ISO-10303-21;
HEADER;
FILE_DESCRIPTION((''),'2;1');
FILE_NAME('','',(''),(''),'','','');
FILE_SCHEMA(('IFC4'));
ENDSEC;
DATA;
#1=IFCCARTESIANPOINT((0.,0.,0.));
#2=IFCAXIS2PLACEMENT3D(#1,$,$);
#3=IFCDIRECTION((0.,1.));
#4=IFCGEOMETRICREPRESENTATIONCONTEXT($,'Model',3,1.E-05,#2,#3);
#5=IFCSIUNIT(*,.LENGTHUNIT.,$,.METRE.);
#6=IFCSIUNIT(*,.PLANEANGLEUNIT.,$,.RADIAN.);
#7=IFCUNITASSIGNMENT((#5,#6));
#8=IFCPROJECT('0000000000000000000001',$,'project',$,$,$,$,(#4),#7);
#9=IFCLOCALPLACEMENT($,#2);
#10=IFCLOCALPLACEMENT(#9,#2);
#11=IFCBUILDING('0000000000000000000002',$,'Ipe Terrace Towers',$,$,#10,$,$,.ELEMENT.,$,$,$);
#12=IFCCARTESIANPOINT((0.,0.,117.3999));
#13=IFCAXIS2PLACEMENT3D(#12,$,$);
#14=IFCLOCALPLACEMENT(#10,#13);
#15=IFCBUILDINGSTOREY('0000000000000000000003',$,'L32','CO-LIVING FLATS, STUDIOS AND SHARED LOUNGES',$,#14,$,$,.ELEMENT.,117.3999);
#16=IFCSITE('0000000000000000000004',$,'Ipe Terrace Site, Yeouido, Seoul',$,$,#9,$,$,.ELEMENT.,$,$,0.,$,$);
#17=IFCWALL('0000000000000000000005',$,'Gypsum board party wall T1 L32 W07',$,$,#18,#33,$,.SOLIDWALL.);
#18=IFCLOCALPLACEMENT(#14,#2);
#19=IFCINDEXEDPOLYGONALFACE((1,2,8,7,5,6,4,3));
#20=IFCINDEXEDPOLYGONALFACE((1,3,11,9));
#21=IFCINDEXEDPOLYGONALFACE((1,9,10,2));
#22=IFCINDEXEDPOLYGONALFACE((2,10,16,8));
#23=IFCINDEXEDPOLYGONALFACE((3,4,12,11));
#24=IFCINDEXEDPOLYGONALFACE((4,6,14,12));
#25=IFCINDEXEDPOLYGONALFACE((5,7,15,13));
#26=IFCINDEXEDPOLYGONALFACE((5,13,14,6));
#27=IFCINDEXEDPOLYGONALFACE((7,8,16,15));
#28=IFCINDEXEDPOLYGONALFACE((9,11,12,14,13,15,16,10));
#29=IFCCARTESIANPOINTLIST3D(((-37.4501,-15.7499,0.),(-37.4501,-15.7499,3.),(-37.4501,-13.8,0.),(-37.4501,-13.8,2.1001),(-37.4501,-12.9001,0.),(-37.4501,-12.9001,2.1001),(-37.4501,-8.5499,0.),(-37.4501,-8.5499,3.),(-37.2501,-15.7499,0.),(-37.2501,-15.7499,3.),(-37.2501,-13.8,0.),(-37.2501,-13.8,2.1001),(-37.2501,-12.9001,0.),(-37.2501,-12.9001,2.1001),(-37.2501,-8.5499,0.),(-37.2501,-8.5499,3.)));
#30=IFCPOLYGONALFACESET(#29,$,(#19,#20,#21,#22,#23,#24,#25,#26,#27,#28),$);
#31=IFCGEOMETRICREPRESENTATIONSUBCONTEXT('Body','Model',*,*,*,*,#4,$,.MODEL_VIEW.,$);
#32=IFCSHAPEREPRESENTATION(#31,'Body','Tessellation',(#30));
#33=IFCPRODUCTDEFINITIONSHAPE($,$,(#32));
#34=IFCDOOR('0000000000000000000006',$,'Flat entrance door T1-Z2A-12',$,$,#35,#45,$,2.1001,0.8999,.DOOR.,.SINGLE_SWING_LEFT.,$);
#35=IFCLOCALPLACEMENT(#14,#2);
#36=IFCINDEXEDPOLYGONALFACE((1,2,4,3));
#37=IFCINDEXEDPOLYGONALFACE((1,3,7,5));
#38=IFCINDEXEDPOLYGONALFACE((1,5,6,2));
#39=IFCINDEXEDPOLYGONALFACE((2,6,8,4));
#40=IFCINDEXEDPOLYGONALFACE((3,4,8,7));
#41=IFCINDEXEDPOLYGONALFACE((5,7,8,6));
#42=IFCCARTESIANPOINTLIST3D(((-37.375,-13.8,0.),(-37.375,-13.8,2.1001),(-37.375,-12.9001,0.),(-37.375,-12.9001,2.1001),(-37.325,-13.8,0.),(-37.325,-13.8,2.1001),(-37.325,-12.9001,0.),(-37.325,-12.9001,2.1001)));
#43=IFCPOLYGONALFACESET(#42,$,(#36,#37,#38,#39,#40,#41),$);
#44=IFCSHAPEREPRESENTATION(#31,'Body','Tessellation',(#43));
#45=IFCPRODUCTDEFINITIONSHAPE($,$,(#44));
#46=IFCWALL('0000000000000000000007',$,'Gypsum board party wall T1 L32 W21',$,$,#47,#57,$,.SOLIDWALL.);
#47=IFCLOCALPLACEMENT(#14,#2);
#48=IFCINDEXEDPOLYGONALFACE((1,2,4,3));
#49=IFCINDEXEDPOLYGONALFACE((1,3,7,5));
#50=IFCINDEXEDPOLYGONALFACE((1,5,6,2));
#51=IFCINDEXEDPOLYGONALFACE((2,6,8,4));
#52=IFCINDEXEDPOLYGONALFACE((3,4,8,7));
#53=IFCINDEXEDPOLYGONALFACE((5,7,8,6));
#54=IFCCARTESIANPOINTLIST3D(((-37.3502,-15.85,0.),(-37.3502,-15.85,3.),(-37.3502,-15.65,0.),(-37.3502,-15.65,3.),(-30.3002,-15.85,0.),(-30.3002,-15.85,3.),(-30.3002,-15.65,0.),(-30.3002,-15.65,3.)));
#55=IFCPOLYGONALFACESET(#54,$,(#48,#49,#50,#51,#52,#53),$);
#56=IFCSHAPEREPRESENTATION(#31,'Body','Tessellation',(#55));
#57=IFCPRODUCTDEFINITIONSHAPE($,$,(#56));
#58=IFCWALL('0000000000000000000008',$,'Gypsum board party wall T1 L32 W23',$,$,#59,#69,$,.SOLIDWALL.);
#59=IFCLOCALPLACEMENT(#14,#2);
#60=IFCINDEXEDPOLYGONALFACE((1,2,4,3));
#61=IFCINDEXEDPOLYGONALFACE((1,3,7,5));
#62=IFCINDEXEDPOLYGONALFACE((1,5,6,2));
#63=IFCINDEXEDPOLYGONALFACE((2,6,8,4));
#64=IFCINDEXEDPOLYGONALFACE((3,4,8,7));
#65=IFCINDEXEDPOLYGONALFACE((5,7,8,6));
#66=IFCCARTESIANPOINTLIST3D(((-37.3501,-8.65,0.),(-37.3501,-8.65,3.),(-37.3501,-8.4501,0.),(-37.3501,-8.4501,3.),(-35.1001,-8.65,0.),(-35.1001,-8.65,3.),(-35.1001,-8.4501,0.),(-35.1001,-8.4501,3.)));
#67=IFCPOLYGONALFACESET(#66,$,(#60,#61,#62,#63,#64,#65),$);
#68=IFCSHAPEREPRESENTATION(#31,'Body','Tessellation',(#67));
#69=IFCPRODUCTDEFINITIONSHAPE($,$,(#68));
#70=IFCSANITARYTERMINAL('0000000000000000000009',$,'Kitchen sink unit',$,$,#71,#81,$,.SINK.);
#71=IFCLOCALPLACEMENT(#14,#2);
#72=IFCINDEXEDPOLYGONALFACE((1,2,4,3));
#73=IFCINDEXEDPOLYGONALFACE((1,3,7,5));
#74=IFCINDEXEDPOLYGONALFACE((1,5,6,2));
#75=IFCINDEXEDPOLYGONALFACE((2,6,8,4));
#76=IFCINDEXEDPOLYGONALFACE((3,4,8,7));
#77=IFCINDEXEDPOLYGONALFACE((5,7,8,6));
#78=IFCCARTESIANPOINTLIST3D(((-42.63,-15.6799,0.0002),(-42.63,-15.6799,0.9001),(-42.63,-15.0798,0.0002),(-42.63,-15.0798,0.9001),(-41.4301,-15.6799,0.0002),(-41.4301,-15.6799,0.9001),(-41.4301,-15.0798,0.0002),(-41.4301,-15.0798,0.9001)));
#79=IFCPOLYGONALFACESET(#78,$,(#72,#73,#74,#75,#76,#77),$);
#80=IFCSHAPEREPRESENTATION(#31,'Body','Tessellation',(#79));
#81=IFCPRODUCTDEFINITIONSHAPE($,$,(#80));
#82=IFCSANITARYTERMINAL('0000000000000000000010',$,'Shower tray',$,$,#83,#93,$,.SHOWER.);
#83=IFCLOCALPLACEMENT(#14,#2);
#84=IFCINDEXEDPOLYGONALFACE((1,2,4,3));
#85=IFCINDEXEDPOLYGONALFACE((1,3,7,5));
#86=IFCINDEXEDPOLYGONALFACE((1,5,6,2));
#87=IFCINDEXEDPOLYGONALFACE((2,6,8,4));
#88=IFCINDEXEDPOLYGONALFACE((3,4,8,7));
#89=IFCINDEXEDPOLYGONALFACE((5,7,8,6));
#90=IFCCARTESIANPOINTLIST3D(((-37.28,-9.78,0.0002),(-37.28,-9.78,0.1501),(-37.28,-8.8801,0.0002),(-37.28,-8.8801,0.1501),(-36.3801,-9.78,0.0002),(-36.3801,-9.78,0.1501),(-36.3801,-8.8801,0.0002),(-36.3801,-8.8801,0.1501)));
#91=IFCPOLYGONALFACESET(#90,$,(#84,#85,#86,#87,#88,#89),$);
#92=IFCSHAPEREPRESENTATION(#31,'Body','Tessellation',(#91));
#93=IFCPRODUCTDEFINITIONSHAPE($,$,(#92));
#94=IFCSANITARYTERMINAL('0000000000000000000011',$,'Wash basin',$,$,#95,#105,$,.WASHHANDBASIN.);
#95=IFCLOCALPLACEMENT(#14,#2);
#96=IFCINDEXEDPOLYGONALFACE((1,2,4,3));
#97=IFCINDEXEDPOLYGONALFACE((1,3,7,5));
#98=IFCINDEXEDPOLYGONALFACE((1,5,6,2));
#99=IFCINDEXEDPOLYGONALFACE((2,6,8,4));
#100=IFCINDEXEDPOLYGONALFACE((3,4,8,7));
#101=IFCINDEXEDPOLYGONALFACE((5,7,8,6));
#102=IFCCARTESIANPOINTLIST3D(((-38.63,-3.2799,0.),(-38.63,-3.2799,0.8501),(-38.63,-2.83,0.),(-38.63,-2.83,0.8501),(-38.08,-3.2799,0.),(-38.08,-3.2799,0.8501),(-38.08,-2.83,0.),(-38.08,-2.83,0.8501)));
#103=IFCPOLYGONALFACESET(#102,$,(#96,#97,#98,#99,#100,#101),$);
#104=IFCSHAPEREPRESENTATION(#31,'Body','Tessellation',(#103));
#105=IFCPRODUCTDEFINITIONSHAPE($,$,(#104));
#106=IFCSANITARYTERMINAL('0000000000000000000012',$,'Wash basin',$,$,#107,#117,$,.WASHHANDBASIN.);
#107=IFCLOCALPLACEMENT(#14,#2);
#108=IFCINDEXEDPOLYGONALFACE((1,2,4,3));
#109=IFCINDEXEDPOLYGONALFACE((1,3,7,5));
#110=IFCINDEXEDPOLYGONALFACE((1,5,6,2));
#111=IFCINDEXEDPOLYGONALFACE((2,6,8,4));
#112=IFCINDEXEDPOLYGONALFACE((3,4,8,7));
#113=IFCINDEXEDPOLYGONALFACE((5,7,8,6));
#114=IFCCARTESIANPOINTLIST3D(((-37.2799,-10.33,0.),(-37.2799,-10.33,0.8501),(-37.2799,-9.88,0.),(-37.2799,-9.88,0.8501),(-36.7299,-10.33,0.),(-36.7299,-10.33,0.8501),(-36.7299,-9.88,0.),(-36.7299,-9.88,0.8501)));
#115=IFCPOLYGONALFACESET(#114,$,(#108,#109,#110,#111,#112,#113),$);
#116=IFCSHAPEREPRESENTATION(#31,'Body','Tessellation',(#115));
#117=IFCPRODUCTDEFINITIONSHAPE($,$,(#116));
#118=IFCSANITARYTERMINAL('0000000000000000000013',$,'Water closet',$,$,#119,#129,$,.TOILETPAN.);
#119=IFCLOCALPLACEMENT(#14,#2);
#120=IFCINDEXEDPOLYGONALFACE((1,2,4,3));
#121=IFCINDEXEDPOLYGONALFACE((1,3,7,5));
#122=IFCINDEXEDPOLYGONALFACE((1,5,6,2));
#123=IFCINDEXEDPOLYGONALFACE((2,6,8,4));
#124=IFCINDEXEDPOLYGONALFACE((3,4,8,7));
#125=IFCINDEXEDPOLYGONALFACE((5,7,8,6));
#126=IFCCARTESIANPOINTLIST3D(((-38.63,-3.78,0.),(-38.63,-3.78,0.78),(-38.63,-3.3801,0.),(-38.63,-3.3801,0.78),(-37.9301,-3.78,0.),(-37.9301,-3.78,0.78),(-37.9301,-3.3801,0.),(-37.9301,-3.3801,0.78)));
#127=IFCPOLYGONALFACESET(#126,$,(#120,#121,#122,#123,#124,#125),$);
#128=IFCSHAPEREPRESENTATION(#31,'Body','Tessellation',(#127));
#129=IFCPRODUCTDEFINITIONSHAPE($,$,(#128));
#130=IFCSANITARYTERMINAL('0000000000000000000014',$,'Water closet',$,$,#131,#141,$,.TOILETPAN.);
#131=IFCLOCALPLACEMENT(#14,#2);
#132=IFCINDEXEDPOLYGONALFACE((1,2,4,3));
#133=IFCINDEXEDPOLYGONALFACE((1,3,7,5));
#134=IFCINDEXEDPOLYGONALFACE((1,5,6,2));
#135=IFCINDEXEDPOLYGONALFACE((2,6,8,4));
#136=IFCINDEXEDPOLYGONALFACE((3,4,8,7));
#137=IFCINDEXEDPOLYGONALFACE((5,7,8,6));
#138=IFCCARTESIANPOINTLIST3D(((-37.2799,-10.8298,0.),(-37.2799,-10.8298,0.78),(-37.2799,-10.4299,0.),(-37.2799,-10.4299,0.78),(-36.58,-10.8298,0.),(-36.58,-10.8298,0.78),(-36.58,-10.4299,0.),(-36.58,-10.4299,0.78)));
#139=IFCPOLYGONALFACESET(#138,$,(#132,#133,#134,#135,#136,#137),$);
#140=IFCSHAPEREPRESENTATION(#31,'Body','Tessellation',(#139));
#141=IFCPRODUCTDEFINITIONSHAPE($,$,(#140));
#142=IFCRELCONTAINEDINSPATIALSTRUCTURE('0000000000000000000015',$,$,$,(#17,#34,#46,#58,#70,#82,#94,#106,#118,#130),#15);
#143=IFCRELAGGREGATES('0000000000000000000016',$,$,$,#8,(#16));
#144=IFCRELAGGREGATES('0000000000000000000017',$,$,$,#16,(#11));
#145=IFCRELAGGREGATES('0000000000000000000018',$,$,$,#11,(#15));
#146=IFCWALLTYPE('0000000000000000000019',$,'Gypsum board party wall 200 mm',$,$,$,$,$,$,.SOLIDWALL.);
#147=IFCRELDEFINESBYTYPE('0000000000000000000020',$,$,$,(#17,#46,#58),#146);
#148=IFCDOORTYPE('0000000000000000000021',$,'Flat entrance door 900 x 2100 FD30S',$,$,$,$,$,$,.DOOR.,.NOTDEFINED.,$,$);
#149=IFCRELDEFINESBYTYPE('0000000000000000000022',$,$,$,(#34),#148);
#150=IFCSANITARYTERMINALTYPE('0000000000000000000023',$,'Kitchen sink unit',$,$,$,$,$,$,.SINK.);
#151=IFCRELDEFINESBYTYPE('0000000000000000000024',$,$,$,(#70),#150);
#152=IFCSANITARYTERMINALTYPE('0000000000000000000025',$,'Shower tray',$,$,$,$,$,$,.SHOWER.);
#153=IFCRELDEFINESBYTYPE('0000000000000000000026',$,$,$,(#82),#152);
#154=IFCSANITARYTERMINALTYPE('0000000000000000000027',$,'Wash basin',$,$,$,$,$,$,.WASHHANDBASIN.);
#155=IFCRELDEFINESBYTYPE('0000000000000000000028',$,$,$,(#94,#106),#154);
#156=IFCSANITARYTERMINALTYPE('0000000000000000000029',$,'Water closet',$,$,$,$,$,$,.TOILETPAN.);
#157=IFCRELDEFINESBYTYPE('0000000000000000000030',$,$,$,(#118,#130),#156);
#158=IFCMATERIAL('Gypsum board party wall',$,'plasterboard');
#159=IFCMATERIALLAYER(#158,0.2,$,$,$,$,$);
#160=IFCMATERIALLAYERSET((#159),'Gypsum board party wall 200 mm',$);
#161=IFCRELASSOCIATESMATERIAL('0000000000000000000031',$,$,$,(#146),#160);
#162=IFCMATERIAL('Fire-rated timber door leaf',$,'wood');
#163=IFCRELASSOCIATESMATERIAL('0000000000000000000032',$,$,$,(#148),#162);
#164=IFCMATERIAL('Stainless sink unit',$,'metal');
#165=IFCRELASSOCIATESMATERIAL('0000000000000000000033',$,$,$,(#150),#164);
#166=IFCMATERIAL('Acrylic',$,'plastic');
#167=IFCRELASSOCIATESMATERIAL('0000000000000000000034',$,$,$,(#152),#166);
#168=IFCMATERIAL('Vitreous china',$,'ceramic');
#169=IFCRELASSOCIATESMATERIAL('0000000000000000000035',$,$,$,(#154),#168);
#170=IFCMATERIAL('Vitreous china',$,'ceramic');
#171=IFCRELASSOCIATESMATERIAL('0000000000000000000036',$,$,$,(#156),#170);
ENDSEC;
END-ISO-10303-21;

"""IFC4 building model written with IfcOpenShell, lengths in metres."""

from ifc_helpers import new_model, si_unit, direction, frame, frame_2d, origin, origin_2d, place, context, subcontext, project, spatial, rectangle, extrude, material, layer, layer_set, type_object, element, fill, save


model = new_model("IFC4")

# Units and contexts
model_context = context("Model", 3, precision=1e-05, world=origin(), true_north=direction((0.0, 1.0)))
body_context = subcontext(model_context, "Body", "Model", "MODEL_VIEW")
ifc_project = project(units=[si_unit("LENGTHUNIT", "METRE"), si_unit("PLANEANGLEUNIT", "RADIAN")], contexts=[model_context])

# Site, building, storey
site_placement = place(None, origin())
site = spatial("IfcSite", under=ifc_project, at=site_placement, Name="Ipe Terrace Site, Yeouido, Seoul", CompositionType="ELEMENT", RefElevation=0.0)
building_placement = place(site_placement, origin())
building = spatial("IfcBuilding", under=site, at=building_placement, Name="Ipe Terrace Towers", CompositionType="ELEMENT")
storey_placement = place(building_placement, frame((0.0, 0.0, 117.3999)))
storey = spatial("IfcBuildingStorey", under=building, at=storey_placement, Name="L32", Description="CO-LIVING FLATS, STUDIOS AND SHARED LOUNGES", CompositionType="ELEMENT", Elevation=117.3999)

# Wall, opening, door
ifc_material_1 = material(Name="Gypsum board party wall", Category="plasterboard")
ifc_layer_1 = layer(ifc_material_1, 0.2)
ifc_layer_set_1 = layer_set([ifc_layer_1], Name="Gypsum board party wall 200 mm")
wall_type_1 = type_object("IfcWallType", Name="Gypsum board party wall 200 mm", PredefinedType="SOLIDWALL", material=ifc_layer_set_1)
wall_1_placement = place(storey_placement, frame((-37.3501, -15.75, 0.0), z_axis=(0.0, 0.0, 1.0), x_axis=(0.0, 1.0, 0.0)))
wall_1 = element("IfcWall", 1, at=wall_1_placement, inside=storey, type_object=wall_type_1, Name="Gypsum board party wall T1 L32 W07", PredefinedType="SOLIDWALL", context=body_context, shape_type="SweptSolid", body=[
    extrude(rectangle(XDim=7.2, YDim=0.2, at=frame_2d((3.6001, 0.0))), origin(), (0.0, 0.0, 1.0), 3.0),
])
opening_1_placement = place(wall_1_placement, frame((1.95, 0.0, 0.0)))
opening_1 = element("IfcOpeningElement", 2, at=opening_1_placement, cuts=wall_1, PredefinedType="OPENING", context=body_context, shape_type="SweptSolid", body=[
    extrude(rectangle(XDim=0.8999, YDim=2.1001, at=frame_2d((0.45, 1.05))), frame((0.0, 0.1099, 0.0), z_axis=(0.0, -1.0, 0.0), x_axis=(1.0, 0.0, 0.0)), (0.0, 0.0, 1.0), 0.22),
])
ifc_material_2 = material(Name="Fire-rated timber door leaf", Category="wood")
door_type_1 = type_object("IfcDoorType", Name="Flat entrance door 900 x 2100 FD30S", OperationType="NOTDEFINED", PredefinedType="DOOR", material=ifc_material_2)
door_1_placement = place(opening_1_placement, origin())
door_1 = element("IfcDoor", 3, at=door_1_placement, inside=storey, type_object=door_type_1, Name="Flat entrance door T1-Z2A-12", OperationType="SINGLE_SWING_LEFT", OverallHeight=2.1001, OverallWidth=0.8999, PredefinedType="DOOR", context=body_context, shape_type="SweptSolid", body=[
    extrude(rectangle(XDim=0.8999, YDim=2.1001, at=frame_2d((0.45, 1.05))), frame((0.0, 0.0249, 0.0), z_axis=(0.0, -1.0, 0.0), x_axis=(1.0, 0.0, 0.0)), (0.0, 0.0, 1.0), 0.05),
])
fill(opening_1, door_1)

# Walls
wall_2_placement = place(storey_placement, frame((-37.3501, -15.75, 0.0), z_axis=(0.0, 0.0, 1.0), x_axis=(1.0, 0.0, 0.0)))
element("IfcWall", 4, at=wall_2_placement, inside=storey, type_object=wall_type_1, Name="Gypsum board party wall T1 L32 W21", PredefinedType="SOLIDWALL", context=body_context, shape_type="SweptSolid", body=[
    extrude(rectangle(XDim=7.05, YDim=0.2, at=frame_2d((3.5249, 0.0))), origin(), (0.0, 0.0, 1.0), 3.0),
])
wall_3_placement = place(storey_placement, frame((-37.3501, -8.55, 0.0), z_axis=(0.0, 0.0, 1.0), x_axis=(1.0, 0.0, 0.0)))
element("IfcWall", 5, at=wall_3_placement, inside=storey, type_object=wall_type_1, Name="Gypsum board party wall T1 L32 W23", PredefinedType="SOLIDWALL", context=body_context, shape_type="SweptSolid", body=[
    extrude(rectangle(XDim=2.25, YDim=0.2, at=frame_2d((1.125, 0.0))), origin(), (0.0, 0.0, 1.0), 3.0),
])

# Sanitary terminals
ifc_material_3 = material(Name="Stainless sink unit", Category="metal")
sanitary_terminal_type_1 = type_object("IfcSanitaryTerminalType", Name="Kitchen sink unit", PredefinedType="SINK", material=ifc_material_3)
sanitary_terminal_1_placement = place(storey_placement, frame((-42.03, -15.3799, 0.0002), z_axis=(0.0, 0.0, 1.0), x_axis=(-1.0, 0.0, 0.0)))
element("IfcSanitaryTerminal", 6, at=sanitary_terminal_1_placement, inside=storey, type_object=sanitary_terminal_type_1, Name="Kitchen sink unit", PredefinedType="SINK", context=body_context, shape_type="SweptSolid", body=[
    extrude(rectangle(XDim=1.2, YDim=0.6001, at=origin_2d()), origin(), (0.0, 0.0, 1.0), 0.8999),
])
ifc_material_4 = material(Name="Acrylic", Category="plastic")
sanitary_terminal_type_2 = type_object("IfcSanitaryTerminalType", Name="Shower tray", PredefinedType="SHOWER", material=ifc_material_4)
sanitary_terminal_2_placement = place(storey_placement, frame((-36.8301, -9.3301, 0.0002), z_axis=(0.0, 0.0, 1.0), x_axis=(1.0, 0.0, 0.0)))
element("IfcSanitaryTerminal", 7, at=sanitary_terminal_2_placement, inside=storey, type_object=sanitary_terminal_type_2, Name="Shower tray", PredefinedType="SHOWER", context=body_context, shape_type="SweptSolid", body=[
    extrude(rectangle(XDim=0.8999, YDim=0.8999, at=origin_2d()), origin(), (0.0, 0.0, 1.0), 0.1499),
])
ifc_material_5 = material(Name="Vitreous china", Category="ceramic")
sanitary_terminal_type_3 = type_object("IfcSanitaryTerminalType", Name="Wash basin", PredefinedType="WASHHANDBASIN", material=ifc_material_5)
for number, where, z_axis, x_axis, name in (
    (8, (-38.355, -3.0549, 0.0), (0.0, 0.0, 1.0), (1.0, 0.0, 0.0), "Wash basin"),
    (9, (-37.0049, -10.105, 0.0), (0.0, 0.0, 1.0), (1.0, 0.0, 0.0), "Wash basin"),
):
    element("IfcSanitaryTerminal", number, at=place(storey_placement, frame(where, z_axis=z_axis, x_axis=x_axis)), inside=storey, type_object=sanitary_terminal_type_3, Name=name, PredefinedType="WASHHANDBASIN", context=body_context, shape_type="SweptSolid", body=[
        extrude(rectangle(XDim=0.55, YDim=0.45, at=origin_2d()), origin(), (0.0, 0.0, 1.0), 0.8501),
    ])
ifc_material_6 = material(Name="Vitreous china", Category="ceramic")
sanitary_terminal_type_4 = type_object("IfcSanitaryTerminalType", Name="Water closet", PredefinedType="TOILETPAN", material=ifc_material_6)
for number, where, z_axis, x_axis, name in (
    (10, (-38.28, -3.5801, 0.0), (0.0, 0.0, 1.0), (1.0, 0.0, 0.0), "Water closet"),
    (11, (-36.9299, -10.6299, 0.0), (0.0, 0.0, 1.0), (1.0, 0.0, 0.0), "Water closet"),
):
    element("IfcSanitaryTerminal", number, at=place(storey_placement, frame(where, z_axis=z_axis, x_axis=x_axis)), inside=storey, type_object=sanitary_terminal_type_4, Name=name, PredefinedType="TOILETPAN", context=body_context, shape_type="SweptSolid", body=[
        extrude(rectangle(XDim=0.7, YDim=0.3999, at=origin_2d()), origin(), (0.0, 0.0, 1.0), 0.78),
    ])

save(model, "model.ifc")
